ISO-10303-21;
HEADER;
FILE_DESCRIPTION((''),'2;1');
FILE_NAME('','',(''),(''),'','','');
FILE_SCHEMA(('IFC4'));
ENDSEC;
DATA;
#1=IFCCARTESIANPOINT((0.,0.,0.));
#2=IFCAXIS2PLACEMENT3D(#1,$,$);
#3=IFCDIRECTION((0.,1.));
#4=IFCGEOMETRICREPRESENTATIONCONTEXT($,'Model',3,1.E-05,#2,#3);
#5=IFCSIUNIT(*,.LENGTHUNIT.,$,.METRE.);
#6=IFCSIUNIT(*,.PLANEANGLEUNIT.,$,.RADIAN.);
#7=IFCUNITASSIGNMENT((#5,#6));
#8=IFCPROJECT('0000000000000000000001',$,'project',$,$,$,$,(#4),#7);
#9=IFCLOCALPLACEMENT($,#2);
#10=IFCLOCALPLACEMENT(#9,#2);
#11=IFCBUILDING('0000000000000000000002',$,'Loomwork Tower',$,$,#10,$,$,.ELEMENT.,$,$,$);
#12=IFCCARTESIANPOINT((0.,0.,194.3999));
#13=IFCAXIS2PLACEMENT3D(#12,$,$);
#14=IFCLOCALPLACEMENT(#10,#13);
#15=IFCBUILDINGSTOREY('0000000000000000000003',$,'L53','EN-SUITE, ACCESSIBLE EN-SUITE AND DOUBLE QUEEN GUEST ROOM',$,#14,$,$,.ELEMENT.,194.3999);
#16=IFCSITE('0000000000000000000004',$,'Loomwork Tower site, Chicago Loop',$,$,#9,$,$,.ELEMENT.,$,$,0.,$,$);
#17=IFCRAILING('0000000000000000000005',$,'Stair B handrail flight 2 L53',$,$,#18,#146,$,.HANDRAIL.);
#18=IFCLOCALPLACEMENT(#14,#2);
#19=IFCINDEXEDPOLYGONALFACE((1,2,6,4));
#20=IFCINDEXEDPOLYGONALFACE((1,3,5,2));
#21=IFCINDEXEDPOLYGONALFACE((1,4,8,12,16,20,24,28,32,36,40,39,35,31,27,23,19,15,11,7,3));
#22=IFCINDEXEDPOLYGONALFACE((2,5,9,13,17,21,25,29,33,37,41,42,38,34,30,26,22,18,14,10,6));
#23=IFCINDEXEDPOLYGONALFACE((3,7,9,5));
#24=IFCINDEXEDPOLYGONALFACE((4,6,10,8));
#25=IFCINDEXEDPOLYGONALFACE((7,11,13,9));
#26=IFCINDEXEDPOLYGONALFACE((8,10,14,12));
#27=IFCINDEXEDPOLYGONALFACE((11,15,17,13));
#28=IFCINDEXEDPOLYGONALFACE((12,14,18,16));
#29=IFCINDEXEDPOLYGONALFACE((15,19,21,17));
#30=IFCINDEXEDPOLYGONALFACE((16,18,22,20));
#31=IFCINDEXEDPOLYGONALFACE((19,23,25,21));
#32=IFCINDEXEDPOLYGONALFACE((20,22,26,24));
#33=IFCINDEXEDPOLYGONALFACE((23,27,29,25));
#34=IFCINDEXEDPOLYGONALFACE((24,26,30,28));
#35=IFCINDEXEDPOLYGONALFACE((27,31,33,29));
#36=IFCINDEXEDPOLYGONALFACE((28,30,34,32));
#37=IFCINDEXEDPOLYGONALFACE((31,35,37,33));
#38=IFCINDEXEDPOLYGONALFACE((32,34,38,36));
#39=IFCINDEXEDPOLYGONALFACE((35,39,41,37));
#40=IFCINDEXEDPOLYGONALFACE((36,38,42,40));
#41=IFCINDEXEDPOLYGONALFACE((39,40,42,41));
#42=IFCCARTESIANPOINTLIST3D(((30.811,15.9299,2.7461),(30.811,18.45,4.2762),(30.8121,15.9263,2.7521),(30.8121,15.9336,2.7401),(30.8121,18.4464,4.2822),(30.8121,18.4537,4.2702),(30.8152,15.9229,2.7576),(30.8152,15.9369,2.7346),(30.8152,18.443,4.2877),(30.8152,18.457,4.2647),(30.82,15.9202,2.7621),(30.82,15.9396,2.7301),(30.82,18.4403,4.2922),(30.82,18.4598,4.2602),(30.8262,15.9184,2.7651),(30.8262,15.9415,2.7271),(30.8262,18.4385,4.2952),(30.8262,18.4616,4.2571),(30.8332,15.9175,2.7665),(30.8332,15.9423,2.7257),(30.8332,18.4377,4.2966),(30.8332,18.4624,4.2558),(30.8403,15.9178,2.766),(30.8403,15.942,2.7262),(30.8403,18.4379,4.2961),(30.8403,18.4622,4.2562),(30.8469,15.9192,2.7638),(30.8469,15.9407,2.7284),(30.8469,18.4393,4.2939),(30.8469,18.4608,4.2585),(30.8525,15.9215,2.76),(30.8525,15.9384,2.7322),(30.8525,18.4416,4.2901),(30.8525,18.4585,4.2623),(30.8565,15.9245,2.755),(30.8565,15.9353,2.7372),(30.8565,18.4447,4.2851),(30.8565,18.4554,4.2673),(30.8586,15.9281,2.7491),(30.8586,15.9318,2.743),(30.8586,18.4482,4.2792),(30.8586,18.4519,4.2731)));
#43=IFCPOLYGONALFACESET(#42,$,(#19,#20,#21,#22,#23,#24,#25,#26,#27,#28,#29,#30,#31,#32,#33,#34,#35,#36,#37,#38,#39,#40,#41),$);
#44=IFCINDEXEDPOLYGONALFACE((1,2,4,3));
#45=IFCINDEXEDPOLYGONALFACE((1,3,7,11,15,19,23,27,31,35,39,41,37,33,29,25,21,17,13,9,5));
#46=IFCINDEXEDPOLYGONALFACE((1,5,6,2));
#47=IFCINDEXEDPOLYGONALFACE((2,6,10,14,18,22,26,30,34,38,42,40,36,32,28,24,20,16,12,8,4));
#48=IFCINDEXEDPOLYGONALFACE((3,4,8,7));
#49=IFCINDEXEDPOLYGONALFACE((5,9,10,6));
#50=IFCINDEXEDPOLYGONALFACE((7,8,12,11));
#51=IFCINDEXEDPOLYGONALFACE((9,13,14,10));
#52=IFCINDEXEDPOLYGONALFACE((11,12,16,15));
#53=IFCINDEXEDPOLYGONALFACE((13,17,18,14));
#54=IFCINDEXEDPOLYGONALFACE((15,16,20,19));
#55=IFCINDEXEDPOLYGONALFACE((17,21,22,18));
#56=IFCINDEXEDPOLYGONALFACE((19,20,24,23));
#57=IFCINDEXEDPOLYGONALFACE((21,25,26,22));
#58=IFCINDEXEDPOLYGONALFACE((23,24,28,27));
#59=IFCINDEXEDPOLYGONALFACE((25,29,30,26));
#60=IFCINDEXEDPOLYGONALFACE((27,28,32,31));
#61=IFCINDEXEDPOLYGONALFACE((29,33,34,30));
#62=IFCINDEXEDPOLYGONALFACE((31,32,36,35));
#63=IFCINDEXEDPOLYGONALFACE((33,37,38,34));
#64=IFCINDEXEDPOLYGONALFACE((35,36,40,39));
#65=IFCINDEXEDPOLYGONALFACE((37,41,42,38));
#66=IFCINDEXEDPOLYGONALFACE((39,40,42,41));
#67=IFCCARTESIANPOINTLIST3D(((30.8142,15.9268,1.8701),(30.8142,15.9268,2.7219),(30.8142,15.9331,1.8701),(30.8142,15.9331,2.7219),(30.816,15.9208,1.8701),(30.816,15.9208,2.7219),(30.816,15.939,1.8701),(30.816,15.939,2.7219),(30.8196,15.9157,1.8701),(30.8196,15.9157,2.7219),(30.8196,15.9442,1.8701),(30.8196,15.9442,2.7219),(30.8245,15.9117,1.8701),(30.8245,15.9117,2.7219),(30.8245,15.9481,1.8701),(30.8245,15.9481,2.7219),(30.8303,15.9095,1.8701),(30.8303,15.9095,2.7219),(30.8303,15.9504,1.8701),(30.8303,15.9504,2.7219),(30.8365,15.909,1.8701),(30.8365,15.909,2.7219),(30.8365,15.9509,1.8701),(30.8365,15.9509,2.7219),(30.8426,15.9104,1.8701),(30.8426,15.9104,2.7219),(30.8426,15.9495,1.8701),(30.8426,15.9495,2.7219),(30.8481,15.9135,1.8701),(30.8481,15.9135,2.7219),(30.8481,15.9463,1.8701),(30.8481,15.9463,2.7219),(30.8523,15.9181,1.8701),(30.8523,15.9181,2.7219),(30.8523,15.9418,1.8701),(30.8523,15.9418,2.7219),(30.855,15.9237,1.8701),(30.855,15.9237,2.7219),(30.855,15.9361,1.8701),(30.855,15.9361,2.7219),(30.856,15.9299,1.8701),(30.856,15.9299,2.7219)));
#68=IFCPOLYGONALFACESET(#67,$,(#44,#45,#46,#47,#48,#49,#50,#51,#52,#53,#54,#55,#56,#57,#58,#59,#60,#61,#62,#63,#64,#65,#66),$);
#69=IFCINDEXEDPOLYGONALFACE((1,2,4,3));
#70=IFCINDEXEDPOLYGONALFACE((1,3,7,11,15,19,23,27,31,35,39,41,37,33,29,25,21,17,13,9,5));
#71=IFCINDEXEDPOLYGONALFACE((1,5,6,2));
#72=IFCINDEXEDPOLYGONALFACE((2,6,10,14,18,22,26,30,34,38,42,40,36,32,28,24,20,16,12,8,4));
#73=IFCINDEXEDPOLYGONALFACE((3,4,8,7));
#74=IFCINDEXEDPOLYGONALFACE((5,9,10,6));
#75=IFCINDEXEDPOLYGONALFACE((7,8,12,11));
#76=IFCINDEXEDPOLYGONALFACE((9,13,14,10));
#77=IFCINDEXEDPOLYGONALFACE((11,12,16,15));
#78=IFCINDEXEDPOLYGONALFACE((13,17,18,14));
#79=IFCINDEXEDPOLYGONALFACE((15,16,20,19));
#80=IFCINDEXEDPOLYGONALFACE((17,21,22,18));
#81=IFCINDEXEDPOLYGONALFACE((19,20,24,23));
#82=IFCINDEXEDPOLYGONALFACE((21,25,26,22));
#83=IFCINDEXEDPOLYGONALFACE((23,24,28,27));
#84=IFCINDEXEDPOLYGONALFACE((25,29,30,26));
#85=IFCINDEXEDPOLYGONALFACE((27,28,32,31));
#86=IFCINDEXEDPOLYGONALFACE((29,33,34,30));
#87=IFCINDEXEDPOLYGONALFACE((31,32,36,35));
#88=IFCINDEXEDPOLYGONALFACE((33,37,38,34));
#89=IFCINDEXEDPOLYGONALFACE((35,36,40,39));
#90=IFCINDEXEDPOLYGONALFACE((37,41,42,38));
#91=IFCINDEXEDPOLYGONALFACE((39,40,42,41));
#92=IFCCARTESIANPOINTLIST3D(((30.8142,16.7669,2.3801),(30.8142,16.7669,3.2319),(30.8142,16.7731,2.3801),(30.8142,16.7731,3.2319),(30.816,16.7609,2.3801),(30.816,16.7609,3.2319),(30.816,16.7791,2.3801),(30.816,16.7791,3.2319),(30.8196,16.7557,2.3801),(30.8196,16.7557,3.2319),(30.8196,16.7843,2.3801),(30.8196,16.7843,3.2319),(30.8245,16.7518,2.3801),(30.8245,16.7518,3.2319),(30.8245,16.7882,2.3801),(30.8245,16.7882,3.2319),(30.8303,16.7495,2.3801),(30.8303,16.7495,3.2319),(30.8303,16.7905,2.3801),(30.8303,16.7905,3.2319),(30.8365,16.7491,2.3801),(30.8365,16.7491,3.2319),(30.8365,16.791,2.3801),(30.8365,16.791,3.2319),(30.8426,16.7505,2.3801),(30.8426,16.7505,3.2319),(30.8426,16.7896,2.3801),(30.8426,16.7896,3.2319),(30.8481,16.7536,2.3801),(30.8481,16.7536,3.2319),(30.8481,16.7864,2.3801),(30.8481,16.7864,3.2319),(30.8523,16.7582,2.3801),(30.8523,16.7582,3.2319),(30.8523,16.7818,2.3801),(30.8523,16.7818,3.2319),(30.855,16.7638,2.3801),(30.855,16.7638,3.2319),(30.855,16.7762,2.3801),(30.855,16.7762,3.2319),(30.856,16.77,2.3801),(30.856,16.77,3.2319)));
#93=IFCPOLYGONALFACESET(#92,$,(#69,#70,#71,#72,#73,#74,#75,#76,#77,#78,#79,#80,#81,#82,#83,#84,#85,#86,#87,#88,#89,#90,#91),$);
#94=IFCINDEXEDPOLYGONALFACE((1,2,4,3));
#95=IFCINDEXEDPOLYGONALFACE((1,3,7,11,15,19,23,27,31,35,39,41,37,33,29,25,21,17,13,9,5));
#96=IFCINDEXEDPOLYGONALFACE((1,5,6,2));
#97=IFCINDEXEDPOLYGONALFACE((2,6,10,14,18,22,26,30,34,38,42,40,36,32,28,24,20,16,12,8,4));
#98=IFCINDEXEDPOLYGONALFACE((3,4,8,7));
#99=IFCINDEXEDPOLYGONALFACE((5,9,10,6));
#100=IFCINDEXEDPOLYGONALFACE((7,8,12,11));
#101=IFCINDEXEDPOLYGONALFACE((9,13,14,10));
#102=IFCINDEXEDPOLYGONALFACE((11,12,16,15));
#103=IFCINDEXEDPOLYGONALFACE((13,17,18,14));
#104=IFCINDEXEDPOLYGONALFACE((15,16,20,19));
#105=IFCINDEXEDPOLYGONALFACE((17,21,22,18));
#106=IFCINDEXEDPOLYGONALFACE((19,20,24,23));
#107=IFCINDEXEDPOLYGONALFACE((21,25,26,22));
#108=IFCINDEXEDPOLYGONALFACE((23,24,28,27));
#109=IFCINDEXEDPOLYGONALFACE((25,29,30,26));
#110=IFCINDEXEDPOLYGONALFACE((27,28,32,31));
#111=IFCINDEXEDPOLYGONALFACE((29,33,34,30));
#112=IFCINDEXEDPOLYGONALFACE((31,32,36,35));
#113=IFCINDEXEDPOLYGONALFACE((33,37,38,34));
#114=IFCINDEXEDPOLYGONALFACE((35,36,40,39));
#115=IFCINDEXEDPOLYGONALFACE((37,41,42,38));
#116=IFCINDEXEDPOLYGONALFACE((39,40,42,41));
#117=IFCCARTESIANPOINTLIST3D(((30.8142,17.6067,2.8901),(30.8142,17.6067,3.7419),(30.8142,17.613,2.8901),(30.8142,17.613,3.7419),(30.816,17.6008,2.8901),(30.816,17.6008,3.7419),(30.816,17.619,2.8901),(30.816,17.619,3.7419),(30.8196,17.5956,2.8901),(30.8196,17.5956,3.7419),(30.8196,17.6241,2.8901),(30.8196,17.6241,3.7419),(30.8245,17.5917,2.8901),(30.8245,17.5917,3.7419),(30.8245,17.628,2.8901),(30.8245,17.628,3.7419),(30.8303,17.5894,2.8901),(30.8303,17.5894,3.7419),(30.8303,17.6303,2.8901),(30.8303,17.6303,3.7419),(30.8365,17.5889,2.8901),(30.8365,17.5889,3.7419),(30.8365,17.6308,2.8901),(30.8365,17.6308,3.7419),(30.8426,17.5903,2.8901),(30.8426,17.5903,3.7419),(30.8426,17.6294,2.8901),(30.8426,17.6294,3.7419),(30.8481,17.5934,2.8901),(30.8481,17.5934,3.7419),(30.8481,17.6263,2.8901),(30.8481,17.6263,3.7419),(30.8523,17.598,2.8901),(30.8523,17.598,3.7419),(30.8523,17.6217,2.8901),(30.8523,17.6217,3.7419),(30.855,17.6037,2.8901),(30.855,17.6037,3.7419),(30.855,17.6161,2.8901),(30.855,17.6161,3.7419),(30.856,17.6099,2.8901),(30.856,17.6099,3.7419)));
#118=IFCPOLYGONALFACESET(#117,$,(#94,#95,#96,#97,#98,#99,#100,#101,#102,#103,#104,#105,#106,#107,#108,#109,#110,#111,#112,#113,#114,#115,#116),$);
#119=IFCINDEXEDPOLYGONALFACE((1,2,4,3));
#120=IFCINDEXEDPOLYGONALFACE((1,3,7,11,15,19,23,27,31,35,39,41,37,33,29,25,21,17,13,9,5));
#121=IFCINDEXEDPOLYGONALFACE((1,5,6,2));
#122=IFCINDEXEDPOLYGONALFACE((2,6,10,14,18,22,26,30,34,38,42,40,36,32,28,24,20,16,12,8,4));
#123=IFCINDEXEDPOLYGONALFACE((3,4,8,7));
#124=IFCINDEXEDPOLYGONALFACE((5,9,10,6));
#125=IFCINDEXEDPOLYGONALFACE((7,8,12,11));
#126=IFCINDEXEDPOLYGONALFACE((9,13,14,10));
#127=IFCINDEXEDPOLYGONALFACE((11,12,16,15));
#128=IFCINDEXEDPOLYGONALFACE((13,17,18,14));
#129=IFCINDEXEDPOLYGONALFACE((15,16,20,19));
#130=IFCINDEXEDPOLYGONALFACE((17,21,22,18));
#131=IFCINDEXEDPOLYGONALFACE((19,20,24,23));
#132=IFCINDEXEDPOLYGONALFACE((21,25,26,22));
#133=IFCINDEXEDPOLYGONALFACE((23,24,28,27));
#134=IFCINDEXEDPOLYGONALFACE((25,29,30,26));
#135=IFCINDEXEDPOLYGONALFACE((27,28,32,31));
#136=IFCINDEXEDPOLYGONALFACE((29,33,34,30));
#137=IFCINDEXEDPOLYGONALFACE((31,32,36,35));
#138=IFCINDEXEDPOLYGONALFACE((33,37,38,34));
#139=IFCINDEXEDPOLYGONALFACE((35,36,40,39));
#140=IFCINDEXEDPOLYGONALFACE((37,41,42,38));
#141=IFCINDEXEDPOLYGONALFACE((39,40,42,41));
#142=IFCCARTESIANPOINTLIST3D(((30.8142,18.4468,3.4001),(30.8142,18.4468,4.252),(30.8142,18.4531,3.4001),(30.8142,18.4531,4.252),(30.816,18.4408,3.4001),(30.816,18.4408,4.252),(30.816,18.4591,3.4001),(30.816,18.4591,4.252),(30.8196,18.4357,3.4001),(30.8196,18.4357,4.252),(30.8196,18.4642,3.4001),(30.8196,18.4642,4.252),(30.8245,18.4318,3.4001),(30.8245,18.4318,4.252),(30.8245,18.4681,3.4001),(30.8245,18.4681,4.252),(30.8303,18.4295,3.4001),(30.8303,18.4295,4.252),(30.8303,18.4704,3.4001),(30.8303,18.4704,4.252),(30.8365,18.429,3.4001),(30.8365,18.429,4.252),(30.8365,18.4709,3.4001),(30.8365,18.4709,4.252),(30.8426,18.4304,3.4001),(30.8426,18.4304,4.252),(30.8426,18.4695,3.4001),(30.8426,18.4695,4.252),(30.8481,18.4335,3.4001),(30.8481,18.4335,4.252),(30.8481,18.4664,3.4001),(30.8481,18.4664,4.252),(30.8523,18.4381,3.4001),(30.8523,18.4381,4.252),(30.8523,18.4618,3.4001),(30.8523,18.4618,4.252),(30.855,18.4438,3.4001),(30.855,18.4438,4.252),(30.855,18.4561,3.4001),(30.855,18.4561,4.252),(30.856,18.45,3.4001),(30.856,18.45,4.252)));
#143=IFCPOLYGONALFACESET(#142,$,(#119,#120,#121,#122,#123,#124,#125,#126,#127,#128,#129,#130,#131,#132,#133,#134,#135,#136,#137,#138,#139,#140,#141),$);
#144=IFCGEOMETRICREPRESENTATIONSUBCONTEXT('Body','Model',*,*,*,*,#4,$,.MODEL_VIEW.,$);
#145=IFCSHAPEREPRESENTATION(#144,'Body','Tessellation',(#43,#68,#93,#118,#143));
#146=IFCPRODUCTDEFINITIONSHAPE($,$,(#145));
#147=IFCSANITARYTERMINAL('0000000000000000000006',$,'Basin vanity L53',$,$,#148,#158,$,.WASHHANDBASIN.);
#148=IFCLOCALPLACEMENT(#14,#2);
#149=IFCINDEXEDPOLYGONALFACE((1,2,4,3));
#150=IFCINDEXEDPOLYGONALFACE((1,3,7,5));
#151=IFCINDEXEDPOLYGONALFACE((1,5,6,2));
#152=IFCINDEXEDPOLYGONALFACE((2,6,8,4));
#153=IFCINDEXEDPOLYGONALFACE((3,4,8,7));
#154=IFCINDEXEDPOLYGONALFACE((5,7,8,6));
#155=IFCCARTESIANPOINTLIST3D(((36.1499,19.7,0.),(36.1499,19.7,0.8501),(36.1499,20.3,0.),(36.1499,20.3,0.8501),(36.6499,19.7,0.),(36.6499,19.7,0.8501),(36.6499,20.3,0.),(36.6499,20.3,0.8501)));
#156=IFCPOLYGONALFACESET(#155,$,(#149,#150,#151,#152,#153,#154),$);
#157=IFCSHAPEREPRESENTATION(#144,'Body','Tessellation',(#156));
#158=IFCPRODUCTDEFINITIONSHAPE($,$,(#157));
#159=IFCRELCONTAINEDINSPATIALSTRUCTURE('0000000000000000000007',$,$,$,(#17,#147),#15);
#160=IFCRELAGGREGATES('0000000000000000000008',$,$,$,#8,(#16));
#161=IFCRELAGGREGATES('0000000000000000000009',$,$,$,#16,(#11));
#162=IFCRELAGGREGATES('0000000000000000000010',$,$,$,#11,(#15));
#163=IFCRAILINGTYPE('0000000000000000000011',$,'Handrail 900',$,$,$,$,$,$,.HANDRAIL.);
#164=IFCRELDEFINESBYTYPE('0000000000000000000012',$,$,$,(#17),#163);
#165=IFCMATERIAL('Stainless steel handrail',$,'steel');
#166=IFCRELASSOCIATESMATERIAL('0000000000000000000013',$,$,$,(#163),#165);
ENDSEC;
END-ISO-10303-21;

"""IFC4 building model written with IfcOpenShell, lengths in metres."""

from ifc_helpers import new_model, si_unit, direction, frame, origin, origin_2d, place, context, subcontext, project, spatial, rectangle, circle, extrude, material, type_object, element, save


model = new_model("IFC4")

# Units and contexts
model_context = context("Model", 3, precision=1e-05, world=origin(), true_north=direction((0.0, 1.0)))
body_context = subcontext(model_context, "Body", "Model", "MODEL_VIEW")
ifc_project = project(units=[si_unit("LENGTHUNIT", "METRE"), si_unit("PLANEANGLEUNIT", "RADIAN")], contexts=[model_context])

# Site, building, storey
site_placement = place(None, origin())
site = spatial("IfcSite", under=ifc_project, at=site_placement, Name="Loomwork Tower site, Chicago Loop", CompositionType="ELEMENT", RefElevation=0.0)
building_placement = place(site_placement, origin())
building = spatial("IfcBuilding", under=site, at=building_placement, Name="Loomwork Tower", CompositionType="ELEMENT")
storey_placement = place(building_placement, frame((0.0, 0.0, 194.3999)))
storey = spatial("IfcBuildingStorey", under=building, at=storey_placement, Name="L53", Description="EN-SUITE, ACCESSIBLE EN-SUITE AND DOUBLE QUEEN GUEST ROOM", CompositionType="ELEMENT", Elevation=194.3999)

# Railing
ifc_material_1 = material(Name="Stainless steel handrail", Category="steel")
railing_type = type_object("IfcRailingType", Name="Handrail 900", PredefinedType="HANDRAIL", material=ifc_material_1)
railing_1_placement = place(storey_placement, frame((30.835, 15.9299, 1.8701)))
element("IfcRailing", 1, at=railing_1_placement, inside=storey, type_object=railing_type, Name="Stair B handrail flight 2 L53", PredefinedType="HANDRAIL", context=body_context, shape_type="SweptSolid", body=[
    extrude(circle(Radius=0.0239, at=origin_2d()), frame((0.0, 0.0, 0.876), z_axis=(0.0, 0.854785, 0.518982), x_axis=(-1.0, 0.0, 0.0)), (0.0, 0.0, 1.0), 2.9482),
    extrude(circle(Radius=0.021, at=origin_2d()), origin(), (0.0, 0.0, 1.0), 0.8518),
    extrude(circle(Radius=0.021, at=origin_2d()), frame((0.0, 0.8401, 0.51)), (0.0, 0.0, 1.0), 0.8518),
    extrude(circle(Radius=0.021, at=origin_2d()), frame((0.0, 1.6799, 1.02)), (0.0, 0.0, 1.0), 0.8518),
    extrude(circle(Radius=0.021, at=origin_2d()), frame((0.0, 2.52, 1.53)), (0.0, 0.0, 1.0), 0.8518),
])

# Sanitary terminal
sanitary_terminal_placement = place(storey_placement, frame((36.3999, 20.0, 0.0), z_axis=(0.0, 0.0, 1.0), x_axis=(1.0, 0.0, 0.0)))
element("IfcSanitaryTerminal", 2, at=sanitary_terminal_placement, inside=storey, Name="Basin vanity L53", PredefinedType="WASHHANDBASIN", context=body_context, shape_type="SweptSolid", body=[
    extrude(rectangle(XDim=0.5, YDim=0.6001, at=origin_2d()), origin(), (0.0, 0.0, 1.0), 0.8501),
])

save(model, "model.ifc")
